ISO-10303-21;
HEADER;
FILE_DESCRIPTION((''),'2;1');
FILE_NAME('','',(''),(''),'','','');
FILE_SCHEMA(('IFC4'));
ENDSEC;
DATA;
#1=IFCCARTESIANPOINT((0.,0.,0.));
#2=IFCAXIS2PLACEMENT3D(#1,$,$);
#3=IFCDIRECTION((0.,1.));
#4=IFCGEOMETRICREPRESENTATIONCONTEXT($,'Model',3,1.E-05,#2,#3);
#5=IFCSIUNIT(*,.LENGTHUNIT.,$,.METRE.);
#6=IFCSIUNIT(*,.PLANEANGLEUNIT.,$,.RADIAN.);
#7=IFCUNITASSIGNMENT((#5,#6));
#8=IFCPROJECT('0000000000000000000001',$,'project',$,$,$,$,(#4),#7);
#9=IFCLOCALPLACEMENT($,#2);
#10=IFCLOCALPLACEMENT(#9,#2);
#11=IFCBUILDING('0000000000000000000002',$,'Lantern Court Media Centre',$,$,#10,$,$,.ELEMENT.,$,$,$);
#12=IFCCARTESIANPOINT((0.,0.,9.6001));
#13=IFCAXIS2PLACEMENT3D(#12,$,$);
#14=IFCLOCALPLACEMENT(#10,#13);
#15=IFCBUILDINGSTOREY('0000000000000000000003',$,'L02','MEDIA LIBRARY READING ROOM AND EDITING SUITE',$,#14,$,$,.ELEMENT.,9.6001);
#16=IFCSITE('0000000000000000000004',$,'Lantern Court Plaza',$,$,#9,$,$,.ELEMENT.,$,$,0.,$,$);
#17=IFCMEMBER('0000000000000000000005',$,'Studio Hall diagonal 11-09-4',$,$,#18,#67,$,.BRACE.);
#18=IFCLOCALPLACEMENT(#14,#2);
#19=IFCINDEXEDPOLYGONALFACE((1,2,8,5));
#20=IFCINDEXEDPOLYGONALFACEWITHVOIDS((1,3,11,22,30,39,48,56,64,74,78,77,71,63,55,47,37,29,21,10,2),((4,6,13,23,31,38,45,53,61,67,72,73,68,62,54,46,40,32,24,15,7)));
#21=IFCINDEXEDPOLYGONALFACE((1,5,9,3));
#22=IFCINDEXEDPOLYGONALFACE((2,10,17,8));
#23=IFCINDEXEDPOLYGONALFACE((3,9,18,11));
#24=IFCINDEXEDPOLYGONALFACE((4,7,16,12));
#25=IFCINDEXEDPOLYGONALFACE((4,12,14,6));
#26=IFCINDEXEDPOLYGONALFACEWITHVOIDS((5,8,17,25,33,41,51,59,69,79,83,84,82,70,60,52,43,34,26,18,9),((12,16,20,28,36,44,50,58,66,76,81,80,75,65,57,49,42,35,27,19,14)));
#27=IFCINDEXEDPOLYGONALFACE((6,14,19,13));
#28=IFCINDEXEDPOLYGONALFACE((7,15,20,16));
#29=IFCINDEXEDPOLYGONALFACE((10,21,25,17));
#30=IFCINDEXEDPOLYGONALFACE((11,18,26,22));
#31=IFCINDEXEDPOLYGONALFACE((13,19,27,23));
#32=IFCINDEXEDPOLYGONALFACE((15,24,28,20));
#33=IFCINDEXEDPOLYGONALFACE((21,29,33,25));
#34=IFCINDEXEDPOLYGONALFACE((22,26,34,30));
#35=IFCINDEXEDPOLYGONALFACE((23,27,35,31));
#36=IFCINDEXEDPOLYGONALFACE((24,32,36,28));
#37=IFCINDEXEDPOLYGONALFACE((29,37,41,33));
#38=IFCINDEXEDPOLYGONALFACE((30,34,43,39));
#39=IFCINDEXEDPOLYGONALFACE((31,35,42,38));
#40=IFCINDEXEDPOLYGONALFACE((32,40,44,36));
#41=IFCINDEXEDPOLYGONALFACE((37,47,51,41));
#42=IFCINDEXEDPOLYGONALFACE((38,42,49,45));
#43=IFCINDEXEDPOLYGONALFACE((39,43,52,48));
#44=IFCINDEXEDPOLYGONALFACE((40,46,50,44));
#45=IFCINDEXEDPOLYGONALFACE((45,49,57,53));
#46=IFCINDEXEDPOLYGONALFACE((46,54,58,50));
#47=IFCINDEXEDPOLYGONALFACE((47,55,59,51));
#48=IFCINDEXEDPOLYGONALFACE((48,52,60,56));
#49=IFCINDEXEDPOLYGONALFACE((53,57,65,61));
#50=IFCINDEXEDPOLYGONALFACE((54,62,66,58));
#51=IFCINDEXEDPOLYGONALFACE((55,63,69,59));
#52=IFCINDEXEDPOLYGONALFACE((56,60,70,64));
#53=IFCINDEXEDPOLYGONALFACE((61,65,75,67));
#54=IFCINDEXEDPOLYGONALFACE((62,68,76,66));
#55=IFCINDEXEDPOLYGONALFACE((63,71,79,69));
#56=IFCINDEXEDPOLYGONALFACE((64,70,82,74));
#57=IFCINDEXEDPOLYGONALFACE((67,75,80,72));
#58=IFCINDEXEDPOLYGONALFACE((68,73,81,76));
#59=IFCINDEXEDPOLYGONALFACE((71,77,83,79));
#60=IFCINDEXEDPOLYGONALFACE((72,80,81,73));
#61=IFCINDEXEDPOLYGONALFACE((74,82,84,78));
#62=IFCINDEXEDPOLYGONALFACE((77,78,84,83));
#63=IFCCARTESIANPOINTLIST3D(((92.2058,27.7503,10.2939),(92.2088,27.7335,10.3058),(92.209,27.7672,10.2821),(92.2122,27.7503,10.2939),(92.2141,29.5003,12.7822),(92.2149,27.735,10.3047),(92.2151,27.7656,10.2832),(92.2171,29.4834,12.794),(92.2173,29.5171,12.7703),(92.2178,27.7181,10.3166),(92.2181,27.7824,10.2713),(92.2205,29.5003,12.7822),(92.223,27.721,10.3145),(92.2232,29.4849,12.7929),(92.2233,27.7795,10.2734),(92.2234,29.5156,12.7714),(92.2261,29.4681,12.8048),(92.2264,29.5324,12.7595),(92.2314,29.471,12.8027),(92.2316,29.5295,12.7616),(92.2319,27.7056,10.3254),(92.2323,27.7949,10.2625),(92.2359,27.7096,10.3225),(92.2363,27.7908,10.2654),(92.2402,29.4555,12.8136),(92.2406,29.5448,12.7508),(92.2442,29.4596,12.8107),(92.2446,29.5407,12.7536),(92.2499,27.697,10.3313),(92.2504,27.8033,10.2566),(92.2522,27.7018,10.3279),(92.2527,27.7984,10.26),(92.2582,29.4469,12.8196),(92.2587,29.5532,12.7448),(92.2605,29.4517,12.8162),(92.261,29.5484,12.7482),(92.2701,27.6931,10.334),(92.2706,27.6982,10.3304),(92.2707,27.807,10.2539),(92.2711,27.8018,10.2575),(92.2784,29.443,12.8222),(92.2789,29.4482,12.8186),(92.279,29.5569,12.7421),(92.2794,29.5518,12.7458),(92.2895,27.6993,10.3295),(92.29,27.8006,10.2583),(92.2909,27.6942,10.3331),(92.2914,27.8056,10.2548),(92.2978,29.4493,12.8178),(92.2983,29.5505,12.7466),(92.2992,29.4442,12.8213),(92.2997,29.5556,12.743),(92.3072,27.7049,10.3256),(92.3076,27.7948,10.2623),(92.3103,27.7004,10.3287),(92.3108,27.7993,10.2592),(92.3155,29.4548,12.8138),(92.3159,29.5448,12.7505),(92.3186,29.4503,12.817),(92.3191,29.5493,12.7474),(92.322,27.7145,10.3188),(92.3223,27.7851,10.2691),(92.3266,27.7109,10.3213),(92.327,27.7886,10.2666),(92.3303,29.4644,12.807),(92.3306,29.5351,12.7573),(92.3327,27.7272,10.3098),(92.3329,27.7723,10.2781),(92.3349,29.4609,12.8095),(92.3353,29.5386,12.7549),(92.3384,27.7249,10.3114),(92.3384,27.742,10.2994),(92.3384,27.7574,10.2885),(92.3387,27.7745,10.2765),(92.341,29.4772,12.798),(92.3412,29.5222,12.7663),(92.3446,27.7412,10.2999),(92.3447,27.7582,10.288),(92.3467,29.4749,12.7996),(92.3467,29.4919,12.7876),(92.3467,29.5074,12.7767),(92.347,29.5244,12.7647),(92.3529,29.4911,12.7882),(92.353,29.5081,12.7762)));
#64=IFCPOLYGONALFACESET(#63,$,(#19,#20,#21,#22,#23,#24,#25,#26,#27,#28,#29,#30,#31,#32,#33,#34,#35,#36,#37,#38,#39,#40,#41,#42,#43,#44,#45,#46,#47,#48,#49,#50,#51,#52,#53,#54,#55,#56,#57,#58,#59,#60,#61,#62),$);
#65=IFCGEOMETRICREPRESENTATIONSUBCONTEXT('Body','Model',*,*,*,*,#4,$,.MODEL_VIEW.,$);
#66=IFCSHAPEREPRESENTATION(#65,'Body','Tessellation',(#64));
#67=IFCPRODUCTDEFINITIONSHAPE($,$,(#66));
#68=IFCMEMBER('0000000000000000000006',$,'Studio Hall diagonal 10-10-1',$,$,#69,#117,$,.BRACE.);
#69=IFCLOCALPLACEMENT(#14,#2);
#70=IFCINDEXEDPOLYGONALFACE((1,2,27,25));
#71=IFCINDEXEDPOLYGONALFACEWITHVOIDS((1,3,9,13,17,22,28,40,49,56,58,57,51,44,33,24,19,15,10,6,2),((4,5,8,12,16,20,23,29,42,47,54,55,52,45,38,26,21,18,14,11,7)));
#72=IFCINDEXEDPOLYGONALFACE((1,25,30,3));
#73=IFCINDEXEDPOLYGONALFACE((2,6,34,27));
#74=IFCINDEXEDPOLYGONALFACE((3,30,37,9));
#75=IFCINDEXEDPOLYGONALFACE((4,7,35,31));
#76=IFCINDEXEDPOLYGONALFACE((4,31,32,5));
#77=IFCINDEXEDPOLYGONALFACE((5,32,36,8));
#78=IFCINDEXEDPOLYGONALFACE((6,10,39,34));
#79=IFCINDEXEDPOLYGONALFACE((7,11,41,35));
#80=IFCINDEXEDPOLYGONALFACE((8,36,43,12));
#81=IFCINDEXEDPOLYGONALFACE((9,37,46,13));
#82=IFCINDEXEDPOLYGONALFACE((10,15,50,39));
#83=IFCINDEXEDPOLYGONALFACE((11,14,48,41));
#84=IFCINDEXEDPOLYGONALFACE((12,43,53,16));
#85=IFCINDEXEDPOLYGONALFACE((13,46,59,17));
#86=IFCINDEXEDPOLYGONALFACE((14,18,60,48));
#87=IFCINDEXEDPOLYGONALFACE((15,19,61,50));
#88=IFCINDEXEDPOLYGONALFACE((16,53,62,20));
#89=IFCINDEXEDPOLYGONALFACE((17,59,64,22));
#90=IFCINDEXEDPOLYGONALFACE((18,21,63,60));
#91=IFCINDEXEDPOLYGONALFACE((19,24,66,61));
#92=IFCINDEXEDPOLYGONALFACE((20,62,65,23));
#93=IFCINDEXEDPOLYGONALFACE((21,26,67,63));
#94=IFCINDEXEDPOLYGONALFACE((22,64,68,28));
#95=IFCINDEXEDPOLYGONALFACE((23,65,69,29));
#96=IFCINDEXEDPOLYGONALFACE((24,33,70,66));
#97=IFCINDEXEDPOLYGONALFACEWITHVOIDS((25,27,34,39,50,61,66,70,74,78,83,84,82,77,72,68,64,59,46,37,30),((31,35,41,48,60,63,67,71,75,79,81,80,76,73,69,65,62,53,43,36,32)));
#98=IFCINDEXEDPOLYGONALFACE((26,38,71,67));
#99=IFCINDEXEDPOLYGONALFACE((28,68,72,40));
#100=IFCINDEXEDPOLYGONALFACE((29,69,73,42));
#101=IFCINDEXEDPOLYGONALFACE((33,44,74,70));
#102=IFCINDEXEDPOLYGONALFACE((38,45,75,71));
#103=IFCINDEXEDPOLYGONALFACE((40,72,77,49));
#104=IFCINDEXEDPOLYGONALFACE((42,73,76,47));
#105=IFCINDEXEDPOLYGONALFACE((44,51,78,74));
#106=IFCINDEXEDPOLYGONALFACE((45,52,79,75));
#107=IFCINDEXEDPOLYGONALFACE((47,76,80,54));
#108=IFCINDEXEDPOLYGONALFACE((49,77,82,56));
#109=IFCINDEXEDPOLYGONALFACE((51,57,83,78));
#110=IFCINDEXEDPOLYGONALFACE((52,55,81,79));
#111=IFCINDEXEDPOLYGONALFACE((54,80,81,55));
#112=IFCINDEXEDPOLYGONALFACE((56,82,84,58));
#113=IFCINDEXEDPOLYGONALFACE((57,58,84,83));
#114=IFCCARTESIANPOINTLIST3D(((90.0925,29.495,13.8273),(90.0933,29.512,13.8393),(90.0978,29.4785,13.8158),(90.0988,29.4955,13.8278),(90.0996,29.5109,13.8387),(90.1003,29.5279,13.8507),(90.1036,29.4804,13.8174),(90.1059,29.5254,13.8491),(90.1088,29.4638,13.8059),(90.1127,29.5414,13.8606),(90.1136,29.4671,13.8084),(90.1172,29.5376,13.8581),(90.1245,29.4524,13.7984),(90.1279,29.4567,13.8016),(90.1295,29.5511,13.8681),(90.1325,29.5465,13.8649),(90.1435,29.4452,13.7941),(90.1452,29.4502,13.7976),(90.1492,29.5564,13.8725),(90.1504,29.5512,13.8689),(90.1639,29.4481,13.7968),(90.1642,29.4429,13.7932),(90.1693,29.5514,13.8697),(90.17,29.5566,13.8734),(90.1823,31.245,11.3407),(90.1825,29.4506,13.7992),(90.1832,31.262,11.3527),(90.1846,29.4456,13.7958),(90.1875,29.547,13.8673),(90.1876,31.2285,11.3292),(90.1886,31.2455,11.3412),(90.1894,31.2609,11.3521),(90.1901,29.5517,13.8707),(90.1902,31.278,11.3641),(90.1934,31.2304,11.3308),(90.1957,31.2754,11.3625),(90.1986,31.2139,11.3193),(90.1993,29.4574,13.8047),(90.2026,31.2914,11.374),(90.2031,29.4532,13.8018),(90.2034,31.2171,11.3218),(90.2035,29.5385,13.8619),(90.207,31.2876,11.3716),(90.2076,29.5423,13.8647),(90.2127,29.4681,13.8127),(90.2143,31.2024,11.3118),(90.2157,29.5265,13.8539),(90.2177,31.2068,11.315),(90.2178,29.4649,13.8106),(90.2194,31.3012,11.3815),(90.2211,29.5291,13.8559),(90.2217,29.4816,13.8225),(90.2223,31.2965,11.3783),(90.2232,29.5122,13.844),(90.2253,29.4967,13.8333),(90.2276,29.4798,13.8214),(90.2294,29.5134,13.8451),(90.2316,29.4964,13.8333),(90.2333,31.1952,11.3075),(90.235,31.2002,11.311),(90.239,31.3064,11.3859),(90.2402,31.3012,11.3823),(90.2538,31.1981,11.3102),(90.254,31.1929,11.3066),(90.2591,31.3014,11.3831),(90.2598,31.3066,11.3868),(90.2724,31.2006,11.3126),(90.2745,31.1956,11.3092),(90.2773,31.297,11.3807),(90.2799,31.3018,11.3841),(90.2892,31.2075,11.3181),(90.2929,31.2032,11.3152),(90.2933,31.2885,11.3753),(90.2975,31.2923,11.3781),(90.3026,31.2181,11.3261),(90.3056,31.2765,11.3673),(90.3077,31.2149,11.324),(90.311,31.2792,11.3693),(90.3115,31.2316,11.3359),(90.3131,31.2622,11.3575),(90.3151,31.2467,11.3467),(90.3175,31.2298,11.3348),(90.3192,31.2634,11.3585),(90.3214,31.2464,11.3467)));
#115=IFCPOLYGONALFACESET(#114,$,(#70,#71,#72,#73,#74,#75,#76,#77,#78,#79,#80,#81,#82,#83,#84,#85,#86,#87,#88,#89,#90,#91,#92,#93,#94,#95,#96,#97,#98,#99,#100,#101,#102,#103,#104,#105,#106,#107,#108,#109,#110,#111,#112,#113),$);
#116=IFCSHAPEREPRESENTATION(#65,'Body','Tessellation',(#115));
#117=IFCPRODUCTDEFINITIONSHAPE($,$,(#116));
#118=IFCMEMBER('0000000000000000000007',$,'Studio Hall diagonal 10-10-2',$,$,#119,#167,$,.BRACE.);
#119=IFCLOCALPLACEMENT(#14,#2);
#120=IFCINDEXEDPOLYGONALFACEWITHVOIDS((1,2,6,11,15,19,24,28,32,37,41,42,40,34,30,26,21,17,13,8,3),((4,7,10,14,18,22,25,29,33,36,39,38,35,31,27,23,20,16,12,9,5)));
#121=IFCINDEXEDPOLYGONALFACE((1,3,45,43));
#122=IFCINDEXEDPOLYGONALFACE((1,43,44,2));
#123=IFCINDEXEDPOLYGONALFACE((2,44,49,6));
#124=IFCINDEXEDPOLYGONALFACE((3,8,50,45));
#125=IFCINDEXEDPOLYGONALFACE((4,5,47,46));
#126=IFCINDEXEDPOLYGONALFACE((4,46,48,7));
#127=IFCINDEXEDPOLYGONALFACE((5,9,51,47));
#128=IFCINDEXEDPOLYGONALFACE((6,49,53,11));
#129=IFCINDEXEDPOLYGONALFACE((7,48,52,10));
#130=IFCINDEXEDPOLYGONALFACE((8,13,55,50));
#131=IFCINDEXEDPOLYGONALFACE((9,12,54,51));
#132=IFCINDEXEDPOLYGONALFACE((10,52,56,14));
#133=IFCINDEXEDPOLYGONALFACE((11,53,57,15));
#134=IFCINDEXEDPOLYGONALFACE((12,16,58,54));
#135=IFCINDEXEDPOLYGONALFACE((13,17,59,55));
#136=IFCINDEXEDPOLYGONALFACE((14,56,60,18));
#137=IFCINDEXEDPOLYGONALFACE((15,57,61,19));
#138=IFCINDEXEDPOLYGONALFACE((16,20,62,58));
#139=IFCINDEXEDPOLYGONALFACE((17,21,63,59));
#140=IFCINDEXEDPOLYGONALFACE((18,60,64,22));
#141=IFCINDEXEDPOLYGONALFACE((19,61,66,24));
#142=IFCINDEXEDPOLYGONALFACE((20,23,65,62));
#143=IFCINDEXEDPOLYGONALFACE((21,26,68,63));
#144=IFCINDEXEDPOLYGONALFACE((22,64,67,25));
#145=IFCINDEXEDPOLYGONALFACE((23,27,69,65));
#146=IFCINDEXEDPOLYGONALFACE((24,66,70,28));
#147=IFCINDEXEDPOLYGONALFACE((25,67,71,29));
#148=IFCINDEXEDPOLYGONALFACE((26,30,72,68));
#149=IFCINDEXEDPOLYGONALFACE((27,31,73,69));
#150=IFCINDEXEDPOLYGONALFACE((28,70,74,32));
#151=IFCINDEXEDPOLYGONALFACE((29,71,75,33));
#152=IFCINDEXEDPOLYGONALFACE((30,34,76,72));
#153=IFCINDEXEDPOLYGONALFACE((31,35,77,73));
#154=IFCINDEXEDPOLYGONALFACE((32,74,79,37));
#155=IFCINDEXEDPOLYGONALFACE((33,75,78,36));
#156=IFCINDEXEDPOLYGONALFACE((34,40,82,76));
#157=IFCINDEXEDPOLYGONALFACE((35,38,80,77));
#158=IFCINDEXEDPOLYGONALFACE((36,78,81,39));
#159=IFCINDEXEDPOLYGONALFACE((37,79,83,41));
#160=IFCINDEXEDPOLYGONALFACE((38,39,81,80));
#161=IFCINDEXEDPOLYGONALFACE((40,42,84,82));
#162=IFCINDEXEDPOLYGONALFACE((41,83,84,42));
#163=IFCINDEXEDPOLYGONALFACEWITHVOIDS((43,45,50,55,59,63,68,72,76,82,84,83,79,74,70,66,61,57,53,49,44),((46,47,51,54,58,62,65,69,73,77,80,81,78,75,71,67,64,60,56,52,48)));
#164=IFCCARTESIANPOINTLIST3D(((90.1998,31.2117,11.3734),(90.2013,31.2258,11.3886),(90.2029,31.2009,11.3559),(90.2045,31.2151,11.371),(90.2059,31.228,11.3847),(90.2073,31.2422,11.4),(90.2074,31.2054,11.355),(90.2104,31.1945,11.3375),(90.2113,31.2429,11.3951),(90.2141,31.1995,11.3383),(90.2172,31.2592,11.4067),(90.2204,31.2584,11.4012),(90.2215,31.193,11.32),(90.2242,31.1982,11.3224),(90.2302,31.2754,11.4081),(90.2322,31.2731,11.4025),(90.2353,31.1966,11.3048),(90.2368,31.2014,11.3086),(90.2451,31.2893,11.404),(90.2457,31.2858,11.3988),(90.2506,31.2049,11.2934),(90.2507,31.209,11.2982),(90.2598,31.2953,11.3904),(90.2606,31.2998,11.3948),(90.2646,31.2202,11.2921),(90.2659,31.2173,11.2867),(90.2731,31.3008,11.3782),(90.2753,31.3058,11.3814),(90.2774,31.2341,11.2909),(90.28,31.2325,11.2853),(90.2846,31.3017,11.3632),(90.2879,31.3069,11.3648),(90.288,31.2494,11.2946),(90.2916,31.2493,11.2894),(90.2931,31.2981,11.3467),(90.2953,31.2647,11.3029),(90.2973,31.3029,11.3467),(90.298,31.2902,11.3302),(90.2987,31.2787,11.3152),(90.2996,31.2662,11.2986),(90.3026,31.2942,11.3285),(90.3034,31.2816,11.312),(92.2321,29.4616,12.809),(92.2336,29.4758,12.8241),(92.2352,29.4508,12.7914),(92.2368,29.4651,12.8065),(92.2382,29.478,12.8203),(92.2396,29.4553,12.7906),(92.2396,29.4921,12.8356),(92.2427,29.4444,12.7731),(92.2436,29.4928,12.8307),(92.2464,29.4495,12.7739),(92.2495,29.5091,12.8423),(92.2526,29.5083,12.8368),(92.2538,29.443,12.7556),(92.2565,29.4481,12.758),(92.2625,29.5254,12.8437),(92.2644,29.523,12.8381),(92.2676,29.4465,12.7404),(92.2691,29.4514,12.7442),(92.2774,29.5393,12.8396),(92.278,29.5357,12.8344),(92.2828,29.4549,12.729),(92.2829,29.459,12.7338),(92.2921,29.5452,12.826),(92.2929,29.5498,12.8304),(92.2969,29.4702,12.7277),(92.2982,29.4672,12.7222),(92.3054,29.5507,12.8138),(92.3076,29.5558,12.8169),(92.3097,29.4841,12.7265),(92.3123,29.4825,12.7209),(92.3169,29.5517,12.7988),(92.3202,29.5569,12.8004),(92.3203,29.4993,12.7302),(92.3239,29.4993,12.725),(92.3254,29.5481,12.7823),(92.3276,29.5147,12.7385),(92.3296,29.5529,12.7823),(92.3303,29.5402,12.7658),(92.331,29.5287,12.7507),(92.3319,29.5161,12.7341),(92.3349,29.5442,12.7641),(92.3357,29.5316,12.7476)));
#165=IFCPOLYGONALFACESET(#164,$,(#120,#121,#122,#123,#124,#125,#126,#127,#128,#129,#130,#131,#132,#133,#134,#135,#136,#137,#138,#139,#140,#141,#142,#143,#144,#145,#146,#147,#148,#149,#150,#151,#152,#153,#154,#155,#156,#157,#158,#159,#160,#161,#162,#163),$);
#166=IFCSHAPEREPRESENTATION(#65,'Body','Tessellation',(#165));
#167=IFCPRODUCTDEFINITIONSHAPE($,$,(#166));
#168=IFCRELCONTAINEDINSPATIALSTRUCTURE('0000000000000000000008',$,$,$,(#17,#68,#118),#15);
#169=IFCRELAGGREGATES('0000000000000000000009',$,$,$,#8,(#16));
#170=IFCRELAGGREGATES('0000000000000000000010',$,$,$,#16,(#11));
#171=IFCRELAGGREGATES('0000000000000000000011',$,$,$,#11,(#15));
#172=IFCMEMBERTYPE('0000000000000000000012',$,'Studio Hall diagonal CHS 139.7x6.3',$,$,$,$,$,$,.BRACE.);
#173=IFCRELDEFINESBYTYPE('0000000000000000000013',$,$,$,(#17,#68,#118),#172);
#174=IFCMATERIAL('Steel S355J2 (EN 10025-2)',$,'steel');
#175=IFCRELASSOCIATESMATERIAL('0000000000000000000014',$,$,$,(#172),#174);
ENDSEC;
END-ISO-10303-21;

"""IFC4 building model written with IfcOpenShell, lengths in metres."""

from ifc_helpers import new_model, si_unit, direction, frame, origin, origin_2d, place, context, subcontext, project, spatial, hollow_circle, extrude, material, material_profile, profile_set, type_object, element, save


model = new_model("IFC4")

# Units and contexts
model_context = context("Model", 3, precision=1e-05, world=origin(), true_north=direction((0.0, 1.0)))
body_context = subcontext(model_context, "Body", "Model", "MODEL_VIEW")
ifc_project = project(units=[si_unit("LENGTHUNIT", "METRE"), si_unit("PLANEANGLEUNIT", "RADIAN")], contexts=[model_context])

# Site, building, storey
site_placement = place(None, origin())
site = spatial("IfcSite", under=ifc_project, at=site_placement, Name="Lantern Court Plaza", CompositionType="ELEMENT", RefElevation=0.0)
building_placement = place(site_placement, origin())
building = spatial("IfcBuilding", under=site, at=building_placement, Name="Lantern Court Media Centre", CompositionType="ELEMENT")
storey_placement = place(building_placement, frame((0.0, 0.0, 9.6001)))
storey = spatial("IfcBuildingStorey", under=building, at=storey_placement, Name="L02", Description="MEDIA LIBRARY READING ROOM AND EDITING SUITE", CompositionType="ELEMENT", Elevation=9.6001)

# Members
ifc_material = material(Name="Steel S355J2 (EN 10025-2)", Category="steel")
ifc_material_profile_1 = material_profile(ifc_material, hollow_circle(Radius=0.0698, WallThickness=0.0063, at=origin_2d()), Name="Studio Hall diagonal CHS 139.7x6.3")
ifc_profile_set_1 = profile_set([ifc_material_profile_1], Name="Steel S355J2 (EN 10025-2)")
member_type_1 = type_object("IfcMemberType", Name="Studio Hall diagonal CHS 139.7x6.3", PredefinedType="BRACE", material=ifc_profile_set_1)
for number, where, z_axis, x_axis, name in (
    (1, (92.2756, 27.75, 10.2939), (0.002729, 0.575269, 0.81796), (-0.999989, 0.004743, 0.0), "Studio Hall diagonal 11-09-4"),
    (2, (90.2517, 31.25, 11.3467), (-0.029535, -0.575284, 0.81742), (0.998685, -0.051272, 0.0), "Studio Hall diagonal 10-10-1"),
    (3, (90.2517, 31.25, 11.3467), (0.668075, -0.575296, 0.471922), (0.652529, 0.757764, 0.0), "Studio Hall diagonal 10-10-2"),
):
    element("IfcMember", number, at=place(storey_placement, frame(where, z_axis=z_axis, x_axis=x_axis)), inside=storey, type_object=member_type_1, Name=name, PredefinedType="BRACE", context=body_context, shape_type="SweptSolid", body=[
        extrude(hollow_circle(Radius=0.0698, WallThickness=0.0063, at=origin_2d()), origin(), (0.0, 0.0, 1.0), 3.042),
    ])

save(model, "model.ifc")
